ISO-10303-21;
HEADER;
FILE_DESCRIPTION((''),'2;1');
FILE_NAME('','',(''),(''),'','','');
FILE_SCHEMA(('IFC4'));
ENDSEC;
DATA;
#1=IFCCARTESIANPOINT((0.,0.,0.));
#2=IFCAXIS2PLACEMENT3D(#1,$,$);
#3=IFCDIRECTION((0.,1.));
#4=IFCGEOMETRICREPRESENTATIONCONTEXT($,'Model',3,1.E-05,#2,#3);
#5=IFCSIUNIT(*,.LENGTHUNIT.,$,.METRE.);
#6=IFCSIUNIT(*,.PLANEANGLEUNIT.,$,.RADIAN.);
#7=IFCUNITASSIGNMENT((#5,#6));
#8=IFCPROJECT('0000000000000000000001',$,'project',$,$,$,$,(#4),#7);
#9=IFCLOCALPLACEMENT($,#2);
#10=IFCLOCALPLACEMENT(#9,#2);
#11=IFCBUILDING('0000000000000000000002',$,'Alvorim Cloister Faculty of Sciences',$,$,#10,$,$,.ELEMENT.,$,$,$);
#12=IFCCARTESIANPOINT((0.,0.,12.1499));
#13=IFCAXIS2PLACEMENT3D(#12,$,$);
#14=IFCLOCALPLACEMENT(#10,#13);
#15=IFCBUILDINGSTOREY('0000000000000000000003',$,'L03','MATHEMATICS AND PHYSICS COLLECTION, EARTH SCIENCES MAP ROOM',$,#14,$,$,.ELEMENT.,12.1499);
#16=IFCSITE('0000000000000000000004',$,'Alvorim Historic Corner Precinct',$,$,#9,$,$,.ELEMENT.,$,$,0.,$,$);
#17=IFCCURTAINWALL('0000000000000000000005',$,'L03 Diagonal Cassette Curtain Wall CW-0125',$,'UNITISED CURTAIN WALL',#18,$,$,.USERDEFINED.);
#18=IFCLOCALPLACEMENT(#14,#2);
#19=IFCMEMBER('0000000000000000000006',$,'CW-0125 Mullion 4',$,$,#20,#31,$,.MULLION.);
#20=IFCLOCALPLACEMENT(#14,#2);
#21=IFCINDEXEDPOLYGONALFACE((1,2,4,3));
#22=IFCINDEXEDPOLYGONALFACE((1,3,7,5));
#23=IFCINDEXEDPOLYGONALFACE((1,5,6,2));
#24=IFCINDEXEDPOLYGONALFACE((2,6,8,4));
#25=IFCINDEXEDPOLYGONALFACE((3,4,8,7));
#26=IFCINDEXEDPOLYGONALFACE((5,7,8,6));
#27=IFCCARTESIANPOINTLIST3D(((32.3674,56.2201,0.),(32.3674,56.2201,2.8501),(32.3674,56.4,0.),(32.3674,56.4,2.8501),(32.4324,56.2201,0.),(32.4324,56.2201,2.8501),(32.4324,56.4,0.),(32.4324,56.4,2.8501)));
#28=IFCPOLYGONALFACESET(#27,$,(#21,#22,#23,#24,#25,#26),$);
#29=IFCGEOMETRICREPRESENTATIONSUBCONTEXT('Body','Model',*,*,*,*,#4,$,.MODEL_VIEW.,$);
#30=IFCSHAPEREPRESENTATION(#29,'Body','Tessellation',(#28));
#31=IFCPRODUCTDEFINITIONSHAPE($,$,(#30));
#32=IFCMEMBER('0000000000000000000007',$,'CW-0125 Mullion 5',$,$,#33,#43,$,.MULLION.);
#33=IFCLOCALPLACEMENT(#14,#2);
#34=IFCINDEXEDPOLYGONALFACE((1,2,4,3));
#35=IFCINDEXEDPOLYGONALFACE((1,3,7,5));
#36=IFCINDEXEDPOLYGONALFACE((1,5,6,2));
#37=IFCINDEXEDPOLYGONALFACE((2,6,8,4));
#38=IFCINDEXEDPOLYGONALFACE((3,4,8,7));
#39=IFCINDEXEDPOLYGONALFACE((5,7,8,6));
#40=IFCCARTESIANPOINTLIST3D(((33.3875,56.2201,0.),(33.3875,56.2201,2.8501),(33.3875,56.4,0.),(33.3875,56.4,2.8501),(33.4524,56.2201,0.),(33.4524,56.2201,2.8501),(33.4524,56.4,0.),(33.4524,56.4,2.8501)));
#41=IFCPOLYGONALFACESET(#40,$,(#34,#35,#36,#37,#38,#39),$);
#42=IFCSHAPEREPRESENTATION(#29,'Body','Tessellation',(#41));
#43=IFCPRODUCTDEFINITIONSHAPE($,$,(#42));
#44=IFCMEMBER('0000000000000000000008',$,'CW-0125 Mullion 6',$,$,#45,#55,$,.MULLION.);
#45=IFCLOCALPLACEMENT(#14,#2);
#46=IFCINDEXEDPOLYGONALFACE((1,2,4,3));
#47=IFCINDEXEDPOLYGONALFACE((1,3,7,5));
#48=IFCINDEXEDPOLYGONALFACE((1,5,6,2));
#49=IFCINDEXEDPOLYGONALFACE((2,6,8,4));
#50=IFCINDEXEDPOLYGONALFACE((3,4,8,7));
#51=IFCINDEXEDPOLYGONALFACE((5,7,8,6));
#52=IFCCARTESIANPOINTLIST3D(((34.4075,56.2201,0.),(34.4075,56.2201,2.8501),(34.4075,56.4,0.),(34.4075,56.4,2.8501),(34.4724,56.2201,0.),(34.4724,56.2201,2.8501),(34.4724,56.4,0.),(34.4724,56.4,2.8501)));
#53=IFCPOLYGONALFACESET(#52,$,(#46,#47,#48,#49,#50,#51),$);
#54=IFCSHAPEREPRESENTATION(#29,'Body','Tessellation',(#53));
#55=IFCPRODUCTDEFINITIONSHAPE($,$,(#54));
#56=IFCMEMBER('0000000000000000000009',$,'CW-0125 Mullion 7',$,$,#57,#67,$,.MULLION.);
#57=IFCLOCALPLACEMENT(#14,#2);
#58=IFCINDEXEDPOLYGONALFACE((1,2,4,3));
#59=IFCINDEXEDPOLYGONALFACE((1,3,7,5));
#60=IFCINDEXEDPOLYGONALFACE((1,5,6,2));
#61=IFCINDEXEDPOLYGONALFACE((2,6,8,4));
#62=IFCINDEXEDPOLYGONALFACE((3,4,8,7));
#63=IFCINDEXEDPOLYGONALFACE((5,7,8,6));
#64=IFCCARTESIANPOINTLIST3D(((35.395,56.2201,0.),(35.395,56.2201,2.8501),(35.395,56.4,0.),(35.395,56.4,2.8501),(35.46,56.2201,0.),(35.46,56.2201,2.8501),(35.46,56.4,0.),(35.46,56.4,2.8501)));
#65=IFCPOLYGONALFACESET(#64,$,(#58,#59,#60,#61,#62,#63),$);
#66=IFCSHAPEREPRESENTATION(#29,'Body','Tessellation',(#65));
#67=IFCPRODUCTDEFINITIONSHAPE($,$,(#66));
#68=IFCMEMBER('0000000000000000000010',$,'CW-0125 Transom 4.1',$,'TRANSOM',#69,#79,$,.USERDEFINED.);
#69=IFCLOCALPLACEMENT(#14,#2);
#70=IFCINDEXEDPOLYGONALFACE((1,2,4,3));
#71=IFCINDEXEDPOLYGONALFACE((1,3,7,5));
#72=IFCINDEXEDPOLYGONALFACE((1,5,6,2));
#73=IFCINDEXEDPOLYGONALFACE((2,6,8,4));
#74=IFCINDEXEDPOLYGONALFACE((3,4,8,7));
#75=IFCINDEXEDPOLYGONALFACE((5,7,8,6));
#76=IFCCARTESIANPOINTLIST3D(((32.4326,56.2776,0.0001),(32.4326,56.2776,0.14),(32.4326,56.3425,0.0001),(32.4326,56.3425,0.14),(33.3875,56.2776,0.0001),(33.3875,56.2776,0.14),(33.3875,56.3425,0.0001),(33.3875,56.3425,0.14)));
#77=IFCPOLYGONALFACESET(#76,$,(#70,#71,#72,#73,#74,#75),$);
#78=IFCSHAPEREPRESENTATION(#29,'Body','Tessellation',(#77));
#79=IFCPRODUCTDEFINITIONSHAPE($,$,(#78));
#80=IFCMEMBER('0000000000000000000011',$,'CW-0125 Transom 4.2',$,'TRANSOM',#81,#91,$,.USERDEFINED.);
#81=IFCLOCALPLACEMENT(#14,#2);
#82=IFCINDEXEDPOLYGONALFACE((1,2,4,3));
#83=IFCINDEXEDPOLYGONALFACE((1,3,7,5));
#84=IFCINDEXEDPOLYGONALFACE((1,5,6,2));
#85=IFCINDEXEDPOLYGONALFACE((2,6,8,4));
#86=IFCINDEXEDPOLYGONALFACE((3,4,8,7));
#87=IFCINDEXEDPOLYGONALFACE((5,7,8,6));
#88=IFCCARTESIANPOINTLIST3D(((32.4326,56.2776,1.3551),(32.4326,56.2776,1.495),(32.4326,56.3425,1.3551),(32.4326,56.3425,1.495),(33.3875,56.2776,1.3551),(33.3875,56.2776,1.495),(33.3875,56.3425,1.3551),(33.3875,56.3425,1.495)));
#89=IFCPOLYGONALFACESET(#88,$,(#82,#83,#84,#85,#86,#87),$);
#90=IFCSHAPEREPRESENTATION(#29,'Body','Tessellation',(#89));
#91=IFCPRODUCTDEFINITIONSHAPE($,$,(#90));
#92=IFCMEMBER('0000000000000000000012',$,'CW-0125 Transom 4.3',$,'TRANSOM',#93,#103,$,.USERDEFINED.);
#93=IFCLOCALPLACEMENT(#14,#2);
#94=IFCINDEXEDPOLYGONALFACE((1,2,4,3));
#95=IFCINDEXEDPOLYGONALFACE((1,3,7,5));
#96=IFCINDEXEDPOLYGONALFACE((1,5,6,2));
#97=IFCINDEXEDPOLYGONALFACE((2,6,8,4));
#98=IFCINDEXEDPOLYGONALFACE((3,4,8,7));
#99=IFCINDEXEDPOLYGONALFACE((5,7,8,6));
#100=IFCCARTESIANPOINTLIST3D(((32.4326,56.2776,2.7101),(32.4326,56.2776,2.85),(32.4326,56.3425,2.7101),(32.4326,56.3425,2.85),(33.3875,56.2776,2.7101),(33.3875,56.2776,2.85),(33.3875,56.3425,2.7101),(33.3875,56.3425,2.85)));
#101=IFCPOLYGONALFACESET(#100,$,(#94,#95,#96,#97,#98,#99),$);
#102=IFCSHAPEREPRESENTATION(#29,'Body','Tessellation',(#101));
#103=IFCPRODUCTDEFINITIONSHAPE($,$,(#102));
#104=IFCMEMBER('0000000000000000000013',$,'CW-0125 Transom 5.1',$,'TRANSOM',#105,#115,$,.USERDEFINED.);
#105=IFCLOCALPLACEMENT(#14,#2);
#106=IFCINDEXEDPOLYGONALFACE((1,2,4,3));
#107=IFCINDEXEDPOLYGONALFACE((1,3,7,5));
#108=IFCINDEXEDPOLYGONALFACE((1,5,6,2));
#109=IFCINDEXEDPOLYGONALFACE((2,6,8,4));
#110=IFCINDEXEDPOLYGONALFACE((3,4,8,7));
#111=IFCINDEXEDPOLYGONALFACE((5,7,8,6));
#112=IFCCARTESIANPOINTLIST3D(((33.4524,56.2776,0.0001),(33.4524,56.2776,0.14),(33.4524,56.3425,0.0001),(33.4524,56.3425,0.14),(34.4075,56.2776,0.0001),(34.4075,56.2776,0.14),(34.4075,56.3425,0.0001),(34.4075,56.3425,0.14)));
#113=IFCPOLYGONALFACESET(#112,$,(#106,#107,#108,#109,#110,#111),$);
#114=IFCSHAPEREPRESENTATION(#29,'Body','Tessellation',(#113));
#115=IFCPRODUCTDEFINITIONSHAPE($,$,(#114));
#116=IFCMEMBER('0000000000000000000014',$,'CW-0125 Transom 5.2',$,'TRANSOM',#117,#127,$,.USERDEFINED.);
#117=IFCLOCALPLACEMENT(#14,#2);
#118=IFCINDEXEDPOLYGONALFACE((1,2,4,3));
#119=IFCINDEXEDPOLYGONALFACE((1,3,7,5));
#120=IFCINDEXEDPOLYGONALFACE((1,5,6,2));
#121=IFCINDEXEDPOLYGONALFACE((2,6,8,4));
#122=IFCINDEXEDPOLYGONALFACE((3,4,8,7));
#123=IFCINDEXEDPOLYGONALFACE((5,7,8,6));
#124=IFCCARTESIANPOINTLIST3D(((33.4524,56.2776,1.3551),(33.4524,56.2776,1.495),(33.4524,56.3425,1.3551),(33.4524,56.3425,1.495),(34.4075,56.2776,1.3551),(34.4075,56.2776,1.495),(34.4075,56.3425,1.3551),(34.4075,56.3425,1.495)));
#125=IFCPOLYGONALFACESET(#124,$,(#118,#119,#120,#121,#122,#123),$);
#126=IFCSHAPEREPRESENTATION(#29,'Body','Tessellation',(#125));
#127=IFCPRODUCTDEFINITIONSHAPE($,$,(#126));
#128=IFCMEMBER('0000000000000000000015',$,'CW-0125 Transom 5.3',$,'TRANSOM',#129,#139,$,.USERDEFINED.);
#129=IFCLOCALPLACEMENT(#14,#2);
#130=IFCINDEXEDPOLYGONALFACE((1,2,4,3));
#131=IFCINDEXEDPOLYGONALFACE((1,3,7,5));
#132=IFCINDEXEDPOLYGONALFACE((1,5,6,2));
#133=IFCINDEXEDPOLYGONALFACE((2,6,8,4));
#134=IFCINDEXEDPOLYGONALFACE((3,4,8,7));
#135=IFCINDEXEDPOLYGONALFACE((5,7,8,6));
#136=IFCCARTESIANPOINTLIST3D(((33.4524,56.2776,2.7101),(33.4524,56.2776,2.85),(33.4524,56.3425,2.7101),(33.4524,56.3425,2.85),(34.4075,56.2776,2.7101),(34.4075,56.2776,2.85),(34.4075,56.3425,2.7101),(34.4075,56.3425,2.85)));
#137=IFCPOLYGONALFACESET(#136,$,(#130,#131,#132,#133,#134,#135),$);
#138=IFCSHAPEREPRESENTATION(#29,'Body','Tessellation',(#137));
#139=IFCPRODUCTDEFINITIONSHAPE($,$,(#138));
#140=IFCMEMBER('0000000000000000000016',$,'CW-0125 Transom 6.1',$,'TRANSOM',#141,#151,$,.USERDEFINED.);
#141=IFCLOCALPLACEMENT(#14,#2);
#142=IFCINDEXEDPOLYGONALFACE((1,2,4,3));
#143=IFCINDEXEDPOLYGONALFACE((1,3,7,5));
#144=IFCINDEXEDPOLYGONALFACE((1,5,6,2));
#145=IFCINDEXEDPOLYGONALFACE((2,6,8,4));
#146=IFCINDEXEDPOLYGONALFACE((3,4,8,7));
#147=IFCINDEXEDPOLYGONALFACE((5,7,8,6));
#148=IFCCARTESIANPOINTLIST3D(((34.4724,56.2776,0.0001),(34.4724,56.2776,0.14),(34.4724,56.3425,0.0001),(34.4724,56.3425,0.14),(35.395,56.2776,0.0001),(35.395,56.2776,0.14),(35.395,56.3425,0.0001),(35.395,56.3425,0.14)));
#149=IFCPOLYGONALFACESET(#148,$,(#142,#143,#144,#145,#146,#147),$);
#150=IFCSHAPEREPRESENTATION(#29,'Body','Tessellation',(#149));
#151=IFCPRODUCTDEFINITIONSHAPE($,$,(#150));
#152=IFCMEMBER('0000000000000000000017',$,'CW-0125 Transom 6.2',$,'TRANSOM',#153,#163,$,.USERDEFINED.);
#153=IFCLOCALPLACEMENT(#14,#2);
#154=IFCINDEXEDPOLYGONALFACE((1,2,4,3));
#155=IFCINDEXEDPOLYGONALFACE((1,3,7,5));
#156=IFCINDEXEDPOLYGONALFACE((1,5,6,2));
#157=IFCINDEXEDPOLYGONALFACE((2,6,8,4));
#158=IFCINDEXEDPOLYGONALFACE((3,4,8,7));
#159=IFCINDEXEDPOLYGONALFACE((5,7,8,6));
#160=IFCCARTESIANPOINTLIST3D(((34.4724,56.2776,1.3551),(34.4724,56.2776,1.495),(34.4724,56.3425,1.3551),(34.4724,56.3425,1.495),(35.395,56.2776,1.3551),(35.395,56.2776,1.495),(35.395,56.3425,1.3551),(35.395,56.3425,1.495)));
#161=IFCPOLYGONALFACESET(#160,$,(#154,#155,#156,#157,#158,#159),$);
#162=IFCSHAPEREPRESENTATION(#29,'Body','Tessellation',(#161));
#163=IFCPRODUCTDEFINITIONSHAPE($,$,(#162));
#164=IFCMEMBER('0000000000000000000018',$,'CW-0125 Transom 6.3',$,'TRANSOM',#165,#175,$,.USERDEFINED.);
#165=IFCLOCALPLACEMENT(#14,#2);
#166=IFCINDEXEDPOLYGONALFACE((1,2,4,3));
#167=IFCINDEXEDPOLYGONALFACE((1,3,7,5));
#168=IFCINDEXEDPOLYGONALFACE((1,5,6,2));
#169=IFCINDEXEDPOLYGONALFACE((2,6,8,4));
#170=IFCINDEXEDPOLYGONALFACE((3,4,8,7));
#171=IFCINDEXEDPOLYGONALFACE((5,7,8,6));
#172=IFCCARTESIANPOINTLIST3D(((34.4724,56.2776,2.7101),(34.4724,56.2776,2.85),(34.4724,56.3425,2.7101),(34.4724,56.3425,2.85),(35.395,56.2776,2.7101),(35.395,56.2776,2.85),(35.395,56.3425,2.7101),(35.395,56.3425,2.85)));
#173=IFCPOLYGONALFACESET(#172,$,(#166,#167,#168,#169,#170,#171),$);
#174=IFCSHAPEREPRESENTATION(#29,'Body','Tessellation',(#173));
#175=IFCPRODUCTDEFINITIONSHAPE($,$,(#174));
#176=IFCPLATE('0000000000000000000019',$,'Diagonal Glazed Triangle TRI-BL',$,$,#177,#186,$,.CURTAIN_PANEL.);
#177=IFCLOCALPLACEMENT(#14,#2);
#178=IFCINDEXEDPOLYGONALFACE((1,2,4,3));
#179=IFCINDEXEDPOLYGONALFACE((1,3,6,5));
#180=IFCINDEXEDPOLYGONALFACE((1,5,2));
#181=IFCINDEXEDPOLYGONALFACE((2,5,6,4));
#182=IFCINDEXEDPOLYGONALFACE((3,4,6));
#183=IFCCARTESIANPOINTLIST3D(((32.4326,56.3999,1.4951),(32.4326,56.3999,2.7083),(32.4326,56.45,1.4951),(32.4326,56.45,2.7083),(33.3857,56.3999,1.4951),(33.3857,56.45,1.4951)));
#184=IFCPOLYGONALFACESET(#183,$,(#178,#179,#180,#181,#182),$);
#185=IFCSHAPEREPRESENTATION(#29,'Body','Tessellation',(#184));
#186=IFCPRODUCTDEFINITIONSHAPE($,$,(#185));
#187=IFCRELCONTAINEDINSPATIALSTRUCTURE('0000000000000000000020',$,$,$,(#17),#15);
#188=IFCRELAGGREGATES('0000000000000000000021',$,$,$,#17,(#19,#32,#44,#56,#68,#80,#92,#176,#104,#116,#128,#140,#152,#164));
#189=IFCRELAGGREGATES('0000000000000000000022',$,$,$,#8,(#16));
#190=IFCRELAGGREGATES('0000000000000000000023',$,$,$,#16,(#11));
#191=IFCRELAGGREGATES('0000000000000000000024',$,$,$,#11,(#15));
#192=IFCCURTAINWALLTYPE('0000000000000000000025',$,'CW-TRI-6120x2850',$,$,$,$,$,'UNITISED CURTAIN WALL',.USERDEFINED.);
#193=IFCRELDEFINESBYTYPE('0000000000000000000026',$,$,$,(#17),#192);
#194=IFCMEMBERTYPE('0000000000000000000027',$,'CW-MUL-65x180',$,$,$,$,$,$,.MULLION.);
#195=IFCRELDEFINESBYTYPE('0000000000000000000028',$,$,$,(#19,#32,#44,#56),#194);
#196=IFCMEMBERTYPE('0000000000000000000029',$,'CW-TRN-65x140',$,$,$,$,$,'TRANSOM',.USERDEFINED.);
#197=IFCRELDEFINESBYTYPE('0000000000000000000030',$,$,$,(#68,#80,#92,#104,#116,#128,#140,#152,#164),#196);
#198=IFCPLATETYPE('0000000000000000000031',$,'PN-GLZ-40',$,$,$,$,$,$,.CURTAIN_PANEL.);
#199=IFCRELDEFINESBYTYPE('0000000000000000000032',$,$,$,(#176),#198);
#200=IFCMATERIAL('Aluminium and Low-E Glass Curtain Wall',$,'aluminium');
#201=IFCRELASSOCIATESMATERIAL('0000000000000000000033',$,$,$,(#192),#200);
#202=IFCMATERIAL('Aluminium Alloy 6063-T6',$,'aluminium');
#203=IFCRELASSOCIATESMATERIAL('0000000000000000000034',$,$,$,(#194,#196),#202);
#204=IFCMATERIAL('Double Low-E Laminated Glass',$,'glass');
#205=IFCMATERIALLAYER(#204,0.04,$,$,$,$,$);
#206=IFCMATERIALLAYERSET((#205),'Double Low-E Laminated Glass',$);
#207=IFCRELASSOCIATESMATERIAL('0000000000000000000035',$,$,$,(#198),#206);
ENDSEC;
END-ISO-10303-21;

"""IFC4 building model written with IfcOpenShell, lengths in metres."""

from ifc_helpers import new_model, si_unit, direction, frame, origin, origin_2d, place, context, subcontext, project, spatial, polyline, rectangle, outline, extrude, material, layer, layer_set, material_profile, profile_set, type_object, element, aggregate, save


model = new_model("IFC4")

# Units and contexts
model_context = context("Model", 3, precision=1e-05, world=origin(), true_north=direction((0.0, 1.0)))
body_context = subcontext(model_context, "Body", "Model", "MODEL_VIEW")
ifc_project = project(units=[si_unit("LENGTHUNIT", "METRE"), si_unit("PLANEANGLEUNIT", "RADIAN")], contexts=[model_context])

# Site, building, storey
site_placement = place(None, origin())
site = spatial("IfcSite", under=ifc_project, at=site_placement, Name="Alvorim Historic Corner Precinct", CompositionType="ELEMENT", RefElevation=0.0)
building_placement = place(site_placement, origin())
building = spatial("IfcBuilding", under=site, at=building_placement, Name="Alvorim Cloister Faculty of Sciences", CompositionType="ELEMENT")
storey_placement = place(building_placement, frame((0.0, 0.0, 12.1499)))
storey = spatial("IfcBuildingStorey", under=building, at=storey_placement, Name="L03", Description="MATHEMATICS AND PHYSICS COLLECTION, EARTH SCIENCES MAP ROOM", CompositionType="ELEMENT", Elevation=12.1499)

# Curtain wall, members, plate
ifc_material_1 = material(Name="Aluminium and Low-E Glass Curtain Wall", Category="aluminium")
curtain_wall_type = type_object("IfcCurtainWallType", Name="CW-TRI-6120x2850", ElementType="UNITISED CURTAIN WALL", PredefinedType="USERDEFINED", material=ifc_material_1)
curtain_wall_placement = place(storey_placement, origin())
curtain_wall = element("IfcCurtainWall", 1, at=curtain_wall_placement, inside=storey, type_object=curtain_wall_type, Name="L03 Diagonal Cassette Curtain Wall CW-0125", ObjectType="UNITISED CURTAIN WALL", PredefinedType="USERDEFINED")
ifc_material_2 = material(Name="Aluminium Alloy 6063-T6", Category="aluminium")
ifc_material_profile_1 = material_profile(ifc_material_2, rectangle(XDim=0.0649, YDim=0.1799, at=origin_2d()), Name="ALU-MUL-65x180")
ifc_profile_set_1 = profile_set([ifc_material_profile_1], Name="Aluminium Alloy 6063-T6")
member_type_1 = type_object("IfcMemberType", Name="CW-MUL-65x180", PredefinedType="MULLION", material=ifc_profile_set_1)
member_1_placement = place(storey_placement, frame((32.3999, 56.3101, 0.0), z_axis=(0.0, 0.0, 1.0), x_axis=(1.0, 0.0, 0.0)))
member_1 = element("IfcMember", 2, at=member_1_placement, type_object=member_type_1, Name="CW-0125 Mullion 4", PredefinedType="MULLION", context=body_context, shape_type="SweptSolid", body=[
    extrude(rectangle(XDim=0.0649, YDim=0.1799, at=origin_2d()), origin(), (0.0, 0.0, 1.0), 2.8501),
])
member_2_placement = place(storey_placement, frame((33.4199, 56.3101, 0.0), z_axis=(0.0, 0.0, 1.0), x_axis=(1.0, 0.0, 0.0)))
member_2 = element("IfcMember", 3, at=member_2_placement, type_object=member_type_1, Name="CW-0125 Mullion 5", PredefinedType="MULLION", context=body_context, shape_type="SweptSolid", body=[
    extrude(rectangle(XDim=0.0649, YDim=0.1799, at=origin_2d()), origin(), (0.0, 0.0, 1.0), 2.8501),
])
member_3_placement = place(storey_placement, frame((34.4399, 56.3101, 0.0), z_axis=(0.0, 0.0, 1.0), x_axis=(1.0, 0.0, 0.0)))
member_3 = element("IfcMember", 4, at=member_3_placement, type_object=member_type_1, Name="CW-0125 Mullion 6", PredefinedType="MULLION", context=body_context, shape_type="SweptSolid", body=[
    extrude(rectangle(XDim=0.0649, YDim=0.1799, at=origin_2d()), origin(), (0.0, 0.0, 1.0), 2.8501),
])
member_4_placement = place(storey_placement, frame((35.4275, 56.3101, 0.0), z_axis=(0.0, 0.0, 1.0), x_axis=(1.0, 0.0, 0.0)))
member_4 = element("IfcMember", 5, at=member_4_placement, type_object=member_type_1, Name="CW-0125 Mullion 7", PredefinedType="MULLION", context=body_context, shape_type="SweptSolid", body=[
    extrude(rectangle(XDim=0.0649, YDim=0.1799, at=origin_2d()), origin(), (0.0, 0.0, 1.0), 2.8501),
])
ifc_material_profile_2 = material_profile(ifc_material_2, rectangle(XDim=0.0649, YDim=0.1399, at=origin_2d()), Name="ALU-TRN-65x140")
ifc_profile_set_2 = profile_set([ifc_material_profile_2], Name="Aluminium Alloy 6063-T6")
member_type_2 = type_object("IfcMemberType", Name="CW-TRN-65x140", ElementType="TRANSOM", PredefinedType="USERDEFINED", material=ifc_profile_set_2)
member_5_placement = place(storey_placement, frame((32.4326, 56.3101, 0.0701), z_axis=(1.0, 0.0, 0.0), x_axis=(0.0, 1.0, 0.0)))
member_5 = element("IfcMember", 6, at=member_5_placement, type_object=member_type_2, Name="CW-0125 Transom 4.1", ObjectType="TRANSOM", PredefinedType="USERDEFINED", context=body_context, shape_type="SweptSolid", body=[
    extrude(rectangle(XDim=0.0649, YDim=0.1399, at=origin_2d()), origin(), (0.0, 0.0, 1.0), 0.9548),
])
member_6_placement = place(storey_placement, frame((32.4326, 56.3101, 1.425), z_axis=(1.0, 0.0, 0.0), x_axis=(0.0, 1.0, 0.0)))
member_6 = element("IfcMember", 7, at=member_6_placement, type_object=member_type_2, Name="CW-0125 Transom 4.2", ObjectType="TRANSOM", PredefinedType="USERDEFINED", context=body_context, shape_type="SweptSolid", body=[
    extrude(rectangle(XDim=0.0649, YDim=0.1399, at=origin_2d()), origin(), (0.0, 0.0, 1.0), 0.9548),
])
member_7_placement = place(storey_placement, frame((32.4326, 56.3101, 2.78), z_axis=(1.0, 0.0, 0.0), x_axis=(0.0, 1.0, 0.0)))
member_7 = element("IfcMember", 8, at=member_7_placement, type_object=member_type_2, Name="CW-0125 Transom 4.3", ObjectType="TRANSOM", PredefinedType="USERDEFINED", context=body_context, shape_type="SweptSolid", body=[
    extrude(rectangle(XDim=0.0649, YDim=0.1399, at=origin_2d()), origin(), (0.0, 0.0, 1.0), 0.9548),
])
member_8_placement = place(storey_placement, frame((33.4524, 56.3101, 0.0701), z_axis=(1.0, 0.0, 0.0), x_axis=(0.0, 1.0, 0.0)))
member_8 = element("IfcMember", 9, at=member_8_placement, type_object=member_type_2, Name="CW-0125 Transom 5.1", ObjectType="TRANSOM", PredefinedType="USERDEFINED", context=body_context, shape_type="SweptSolid", body=[
    extrude(rectangle(XDim=0.0649, YDim=0.1399, at=origin_2d()), origin(), (0.0, 0.0, 1.0), 0.9551),
])
member_9_placement = place(storey_placement, frame((33.4524, 56.3101, 1.425), z_axis=(1.0, 0.0, 0.0), x_axis=(0.0, 1.0, 0.0)))
member_9 = element("IfcMember", 10, at=member_9_placement, type_object=member_type_2, Name="CW-0125 Transom 5.2", ObjectType="TRANSOM", PredefinedType="USERDEFINED", context=body_context, shape_type="SweptSolid", body=[
    extrude(rectangle(XDim=0.0649, YDim=0.1399, at=origin_2d()), origin(), (0.0, 0.0, 1.0), 0.9551),
])
member_10_placement = place(storey_placement, frame((33.4524, 56.3101, 2.78), z_axis=(1.0, 0.0, 0.0), x_axis=(0.0, 1.0, 0.0)))
member_10 = element("IfcMember", 11, at=member_10_placement, type_object=member_type_2, Name="CW-0125 Transom 5.3", ObjectType="TRANSOM", PredefinedType="USERDEFINED", context=body_context, shape_type="SweptSolid", body=[
    extrude(rectangle(XDim=0.0649, YDim=0.1399, at=origin_2d()), origin(), (0.0, 0.0, 1.0), 0.9551),
])
member_11_placement = place(storey_placement, frame((34.4724, 56.3101, 0.0701), z_axis=(1.0, 0.0, 0.0), x_axis=(0.0, 1.0, 0.0)))
member_11 = element("IfcMember", 12, at=member_11_placement, type_object=member_type_2, Name="CW-0125 Transom 6.1", ObjectType="TRANSOM", PredefinedType="USERDEFINED", context=body_context, shape_type="SweptSolid", body=[
    extrude(rectangle(XDim=0.0649, YDim=0.1399, at=origin_2d()), origin(), (0.0, 0.0, 1.0), 0.9226),
])
member_12_placement = place(storey_placement, frame((34.4724, 56.3101, 1.425), z_axis=(1.0, 0.0, 0.0), x_axis=(0.0, 1.0, 0.0)))
member_12 = element("IfcMember", 13, at=member_12_placement, type_object=member_type_2, Name="CW-0125 Transom 6.2", ObjectType="TRANSOM", PredefinedType="USERDEFINED", context=body_context, shape_type="SweptSolid", body=[
    extrude(rectangle(XDim=0.0649, YDim=0.1399, at=origin_2d()), origin(), (0.0, 0.0, 1.0), 0.9226),
])
member_13_placement = place(storey_placement, frame((34.4724, 56.3101, 2.78), z_axis=(1.0, 0.0, 0.0), x_axis=(0.0, 1.0, 0.0)))
member_13 = element("IfcMember", 14, at=member_13_placement, type_object=member_type_2, Name="CW-0125 Transom 6.3", ObjectType="TRANSOM", PredefinedType="USERDEFINED", context=body_context, shape_type="SweptSolid", body=[
    extrude(rectangle(XDim=0.0649, YDim=0.1399, at=origin_2d()), origin(), (0.0, 0.0, 1.0), 0.9226),
])
ifc_material_3 = material(Name="Double Low-E Laminated Glass", Category="glass")
ifc_layer = layer(ifc_material_3, 0.04)
ifc_layer_set = layer_set([ifc_layer], Name="Double Low-E Laminated Glass")
plate_type = type_object("IfcPlateType", Name="PN-GLZ-40", PredefinedType="CURTAIN_PANEL", material=ifc_layer_set)
plate_1_placement = place(storey_placement, frame((32.4326, 56.425, 1.4951), z_axis=(0.0, 0.0, 1.0), x_axis=(1.0, 0.0, 0.0)))
plate_1 = element("IfcPlate", 15, at=plate_1_placement, type_object=plate_type, Name="Diagonal Glazed Triangle TRI-BL", PredefinedType="CURTAIN_PANEL", context=body_context, shape_type="SweptSolid", body=[
    extrude(outline(polyline([(0.0, 0.0), (0.9531, 0.0), (0.0, 1.2131), (0.0, 0.0)])), frame((0.0, 0.0249, 0.0), z_axis=(0.0, -1.0, 0.0), x_axis=(1.0, 0.0, 0.0)), (0.0, 0.0, 1.0), 0.05),
])
aggregate(curtain_wall, [member_1, member_2, member_3, member_4, member_5, member_6, member_7, plate_1, member_8, member_9, member_10, member_11, member_12, member_13])

save(model, "model.ifc")
